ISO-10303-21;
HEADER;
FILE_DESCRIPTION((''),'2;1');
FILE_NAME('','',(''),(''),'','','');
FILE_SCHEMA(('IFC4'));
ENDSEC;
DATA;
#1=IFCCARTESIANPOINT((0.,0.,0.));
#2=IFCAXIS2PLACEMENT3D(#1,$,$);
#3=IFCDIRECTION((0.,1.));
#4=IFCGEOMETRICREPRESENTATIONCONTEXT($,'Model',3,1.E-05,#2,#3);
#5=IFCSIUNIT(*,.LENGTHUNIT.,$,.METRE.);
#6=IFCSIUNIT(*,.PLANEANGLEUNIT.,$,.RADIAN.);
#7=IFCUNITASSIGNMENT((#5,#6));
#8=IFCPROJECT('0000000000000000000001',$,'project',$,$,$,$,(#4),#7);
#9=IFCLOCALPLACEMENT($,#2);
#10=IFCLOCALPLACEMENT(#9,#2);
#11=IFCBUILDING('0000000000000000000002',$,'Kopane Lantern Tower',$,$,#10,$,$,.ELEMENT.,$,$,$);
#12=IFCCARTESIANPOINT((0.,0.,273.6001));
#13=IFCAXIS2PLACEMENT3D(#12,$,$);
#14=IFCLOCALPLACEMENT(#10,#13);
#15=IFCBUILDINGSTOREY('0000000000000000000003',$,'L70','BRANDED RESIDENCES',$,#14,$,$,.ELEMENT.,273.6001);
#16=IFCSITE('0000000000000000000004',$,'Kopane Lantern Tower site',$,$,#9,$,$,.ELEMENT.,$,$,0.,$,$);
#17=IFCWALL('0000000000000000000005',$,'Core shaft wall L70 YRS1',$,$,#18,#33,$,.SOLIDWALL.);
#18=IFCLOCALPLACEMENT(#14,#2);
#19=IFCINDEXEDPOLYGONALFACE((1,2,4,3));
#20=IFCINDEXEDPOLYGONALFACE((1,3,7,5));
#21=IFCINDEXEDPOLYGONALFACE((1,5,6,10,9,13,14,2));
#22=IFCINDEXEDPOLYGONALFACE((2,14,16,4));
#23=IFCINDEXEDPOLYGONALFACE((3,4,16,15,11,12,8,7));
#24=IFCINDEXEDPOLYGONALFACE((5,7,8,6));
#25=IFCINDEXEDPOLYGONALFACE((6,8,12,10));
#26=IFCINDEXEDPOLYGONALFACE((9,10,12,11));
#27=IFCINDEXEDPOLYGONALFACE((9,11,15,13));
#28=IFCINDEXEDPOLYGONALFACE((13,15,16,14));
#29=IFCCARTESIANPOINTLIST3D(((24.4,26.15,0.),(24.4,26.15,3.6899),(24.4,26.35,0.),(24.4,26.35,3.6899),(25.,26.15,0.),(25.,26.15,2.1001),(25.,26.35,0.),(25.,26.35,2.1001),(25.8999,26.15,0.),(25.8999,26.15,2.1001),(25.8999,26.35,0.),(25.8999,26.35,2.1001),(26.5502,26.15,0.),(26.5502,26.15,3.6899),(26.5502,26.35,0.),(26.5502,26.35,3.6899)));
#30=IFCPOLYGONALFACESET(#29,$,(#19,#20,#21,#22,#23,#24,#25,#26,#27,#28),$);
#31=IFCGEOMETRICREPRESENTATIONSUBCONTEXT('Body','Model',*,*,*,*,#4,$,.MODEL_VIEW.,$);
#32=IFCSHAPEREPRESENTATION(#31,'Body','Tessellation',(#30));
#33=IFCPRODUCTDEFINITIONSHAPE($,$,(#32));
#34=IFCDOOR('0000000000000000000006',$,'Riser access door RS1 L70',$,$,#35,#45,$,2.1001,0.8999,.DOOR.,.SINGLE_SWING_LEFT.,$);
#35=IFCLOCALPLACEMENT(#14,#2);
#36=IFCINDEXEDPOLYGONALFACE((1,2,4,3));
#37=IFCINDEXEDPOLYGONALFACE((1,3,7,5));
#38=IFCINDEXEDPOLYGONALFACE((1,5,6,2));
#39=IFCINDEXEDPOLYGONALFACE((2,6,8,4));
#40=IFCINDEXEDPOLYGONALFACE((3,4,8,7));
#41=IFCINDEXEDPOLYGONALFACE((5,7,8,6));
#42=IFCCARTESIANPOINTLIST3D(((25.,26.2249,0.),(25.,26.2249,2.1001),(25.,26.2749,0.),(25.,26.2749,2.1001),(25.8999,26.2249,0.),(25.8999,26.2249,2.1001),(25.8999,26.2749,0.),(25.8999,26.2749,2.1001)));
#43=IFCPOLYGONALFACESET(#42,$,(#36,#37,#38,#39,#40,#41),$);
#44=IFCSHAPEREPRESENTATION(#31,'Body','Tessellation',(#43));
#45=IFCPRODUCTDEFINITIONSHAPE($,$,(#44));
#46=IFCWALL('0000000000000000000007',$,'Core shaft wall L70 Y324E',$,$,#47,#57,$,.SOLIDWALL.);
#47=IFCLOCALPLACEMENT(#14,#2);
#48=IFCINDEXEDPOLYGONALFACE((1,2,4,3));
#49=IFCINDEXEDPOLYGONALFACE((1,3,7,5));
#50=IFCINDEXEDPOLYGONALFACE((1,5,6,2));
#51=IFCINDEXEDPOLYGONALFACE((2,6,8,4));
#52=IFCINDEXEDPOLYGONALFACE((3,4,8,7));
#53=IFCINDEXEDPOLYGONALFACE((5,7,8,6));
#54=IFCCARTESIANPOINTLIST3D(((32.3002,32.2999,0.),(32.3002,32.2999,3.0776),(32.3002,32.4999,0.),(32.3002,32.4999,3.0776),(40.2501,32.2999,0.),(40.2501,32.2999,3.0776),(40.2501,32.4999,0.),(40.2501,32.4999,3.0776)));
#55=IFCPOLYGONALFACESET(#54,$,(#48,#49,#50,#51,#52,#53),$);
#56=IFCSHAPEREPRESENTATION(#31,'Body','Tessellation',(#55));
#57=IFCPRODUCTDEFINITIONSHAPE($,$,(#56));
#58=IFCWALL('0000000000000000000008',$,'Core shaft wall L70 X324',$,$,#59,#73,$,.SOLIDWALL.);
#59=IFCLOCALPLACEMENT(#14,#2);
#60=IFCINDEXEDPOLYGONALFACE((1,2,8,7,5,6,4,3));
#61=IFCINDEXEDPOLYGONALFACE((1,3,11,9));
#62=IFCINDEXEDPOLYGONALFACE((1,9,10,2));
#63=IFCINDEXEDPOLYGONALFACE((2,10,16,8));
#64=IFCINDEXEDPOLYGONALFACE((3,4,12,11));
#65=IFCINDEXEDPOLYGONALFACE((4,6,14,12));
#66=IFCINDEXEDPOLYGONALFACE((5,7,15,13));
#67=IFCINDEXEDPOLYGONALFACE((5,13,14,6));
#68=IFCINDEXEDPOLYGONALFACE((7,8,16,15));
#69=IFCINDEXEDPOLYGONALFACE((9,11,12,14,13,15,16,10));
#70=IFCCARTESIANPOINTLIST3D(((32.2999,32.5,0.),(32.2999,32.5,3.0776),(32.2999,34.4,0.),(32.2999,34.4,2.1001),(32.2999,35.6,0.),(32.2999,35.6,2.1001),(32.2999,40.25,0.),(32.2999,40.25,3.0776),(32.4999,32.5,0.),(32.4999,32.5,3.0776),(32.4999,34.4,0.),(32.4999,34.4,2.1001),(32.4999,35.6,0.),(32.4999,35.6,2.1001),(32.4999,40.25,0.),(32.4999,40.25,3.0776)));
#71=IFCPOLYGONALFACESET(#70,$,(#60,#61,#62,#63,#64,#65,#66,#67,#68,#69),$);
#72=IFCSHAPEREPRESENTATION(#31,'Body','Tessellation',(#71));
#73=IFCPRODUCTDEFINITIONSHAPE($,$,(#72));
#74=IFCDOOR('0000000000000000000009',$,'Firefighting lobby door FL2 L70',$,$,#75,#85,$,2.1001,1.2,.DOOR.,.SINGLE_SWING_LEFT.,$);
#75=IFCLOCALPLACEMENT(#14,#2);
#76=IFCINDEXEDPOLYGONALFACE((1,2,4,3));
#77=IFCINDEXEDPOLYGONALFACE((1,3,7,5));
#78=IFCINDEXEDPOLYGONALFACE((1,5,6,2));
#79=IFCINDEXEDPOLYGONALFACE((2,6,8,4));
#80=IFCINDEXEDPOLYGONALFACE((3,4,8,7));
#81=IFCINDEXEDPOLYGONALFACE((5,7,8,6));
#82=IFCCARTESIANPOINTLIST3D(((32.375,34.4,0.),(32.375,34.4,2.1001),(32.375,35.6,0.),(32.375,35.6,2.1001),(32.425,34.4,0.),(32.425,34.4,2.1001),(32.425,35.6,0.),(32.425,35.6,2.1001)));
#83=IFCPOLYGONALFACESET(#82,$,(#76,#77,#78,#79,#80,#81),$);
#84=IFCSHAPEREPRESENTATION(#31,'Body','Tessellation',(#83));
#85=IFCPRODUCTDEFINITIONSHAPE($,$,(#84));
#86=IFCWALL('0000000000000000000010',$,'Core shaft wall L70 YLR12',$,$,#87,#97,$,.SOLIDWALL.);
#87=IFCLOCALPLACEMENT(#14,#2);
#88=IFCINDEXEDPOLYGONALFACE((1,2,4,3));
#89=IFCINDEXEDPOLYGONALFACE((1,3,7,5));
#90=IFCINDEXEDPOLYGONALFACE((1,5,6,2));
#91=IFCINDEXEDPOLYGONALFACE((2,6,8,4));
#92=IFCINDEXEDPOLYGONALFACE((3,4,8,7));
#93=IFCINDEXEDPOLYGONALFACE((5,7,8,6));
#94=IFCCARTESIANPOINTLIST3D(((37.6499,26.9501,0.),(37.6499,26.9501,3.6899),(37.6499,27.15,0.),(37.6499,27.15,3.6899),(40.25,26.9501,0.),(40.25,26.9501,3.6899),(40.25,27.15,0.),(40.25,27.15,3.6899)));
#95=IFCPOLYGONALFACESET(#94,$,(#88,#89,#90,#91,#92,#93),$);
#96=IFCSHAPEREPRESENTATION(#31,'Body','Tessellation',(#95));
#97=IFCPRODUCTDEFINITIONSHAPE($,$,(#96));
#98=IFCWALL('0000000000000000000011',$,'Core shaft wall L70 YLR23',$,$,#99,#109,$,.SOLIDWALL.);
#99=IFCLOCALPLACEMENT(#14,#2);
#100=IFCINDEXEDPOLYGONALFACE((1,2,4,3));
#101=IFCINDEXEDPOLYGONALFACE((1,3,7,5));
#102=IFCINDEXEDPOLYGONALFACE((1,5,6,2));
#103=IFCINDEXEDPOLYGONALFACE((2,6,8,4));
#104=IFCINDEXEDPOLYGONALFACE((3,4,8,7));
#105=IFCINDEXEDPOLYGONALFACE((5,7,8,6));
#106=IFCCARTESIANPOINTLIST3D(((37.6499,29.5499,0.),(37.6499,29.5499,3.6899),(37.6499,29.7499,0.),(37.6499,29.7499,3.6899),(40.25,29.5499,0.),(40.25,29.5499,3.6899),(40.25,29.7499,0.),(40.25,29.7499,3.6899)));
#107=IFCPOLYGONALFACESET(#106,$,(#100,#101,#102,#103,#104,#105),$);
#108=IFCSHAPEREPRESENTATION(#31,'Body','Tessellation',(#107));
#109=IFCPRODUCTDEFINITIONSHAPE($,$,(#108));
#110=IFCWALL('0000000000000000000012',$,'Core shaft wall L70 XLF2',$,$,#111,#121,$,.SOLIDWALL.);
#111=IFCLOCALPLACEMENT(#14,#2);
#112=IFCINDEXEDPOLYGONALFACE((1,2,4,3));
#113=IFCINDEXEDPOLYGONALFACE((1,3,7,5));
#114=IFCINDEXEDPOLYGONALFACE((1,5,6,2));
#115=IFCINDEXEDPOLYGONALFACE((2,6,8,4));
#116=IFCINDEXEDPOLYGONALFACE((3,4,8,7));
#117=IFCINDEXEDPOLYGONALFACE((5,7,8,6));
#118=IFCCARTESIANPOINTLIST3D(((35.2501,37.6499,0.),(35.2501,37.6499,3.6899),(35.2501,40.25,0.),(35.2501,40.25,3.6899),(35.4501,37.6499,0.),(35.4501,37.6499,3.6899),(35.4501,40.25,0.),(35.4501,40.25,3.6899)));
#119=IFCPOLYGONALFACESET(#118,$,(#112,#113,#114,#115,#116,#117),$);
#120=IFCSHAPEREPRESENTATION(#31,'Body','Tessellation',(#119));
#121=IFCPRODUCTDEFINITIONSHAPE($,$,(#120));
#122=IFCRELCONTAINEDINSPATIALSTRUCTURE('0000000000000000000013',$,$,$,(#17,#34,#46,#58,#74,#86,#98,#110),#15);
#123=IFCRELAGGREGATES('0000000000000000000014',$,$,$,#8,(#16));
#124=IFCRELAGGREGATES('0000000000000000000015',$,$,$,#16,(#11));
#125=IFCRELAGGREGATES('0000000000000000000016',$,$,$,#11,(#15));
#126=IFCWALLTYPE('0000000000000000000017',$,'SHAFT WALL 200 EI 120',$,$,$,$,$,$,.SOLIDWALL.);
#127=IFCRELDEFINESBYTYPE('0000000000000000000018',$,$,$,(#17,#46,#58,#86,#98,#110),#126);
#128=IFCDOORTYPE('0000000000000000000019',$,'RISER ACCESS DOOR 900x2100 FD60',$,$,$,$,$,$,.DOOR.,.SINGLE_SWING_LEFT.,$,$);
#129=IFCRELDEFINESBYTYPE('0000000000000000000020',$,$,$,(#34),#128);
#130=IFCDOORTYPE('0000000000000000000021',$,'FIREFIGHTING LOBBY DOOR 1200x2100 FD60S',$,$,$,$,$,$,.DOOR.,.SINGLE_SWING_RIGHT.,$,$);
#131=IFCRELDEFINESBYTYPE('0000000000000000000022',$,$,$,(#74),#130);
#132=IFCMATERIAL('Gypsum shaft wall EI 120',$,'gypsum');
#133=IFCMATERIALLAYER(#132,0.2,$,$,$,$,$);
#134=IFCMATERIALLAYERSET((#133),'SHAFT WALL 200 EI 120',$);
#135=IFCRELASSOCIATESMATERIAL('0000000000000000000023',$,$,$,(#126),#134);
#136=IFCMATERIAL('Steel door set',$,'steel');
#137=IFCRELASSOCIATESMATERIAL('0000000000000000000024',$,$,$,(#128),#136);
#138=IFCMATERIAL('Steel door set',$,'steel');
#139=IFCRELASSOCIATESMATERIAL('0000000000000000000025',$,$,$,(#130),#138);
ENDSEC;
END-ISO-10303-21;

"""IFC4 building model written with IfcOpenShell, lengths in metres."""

from ifc_helpers import new_model, si_unit, direction, frame, frame_2d, origin, place, context, subcontext, project, spatial, rectangle, extrude, material, layer, layer_set, type_object, element, fill, save


model = new_model("IFC4")

# Units and contexts
model_context = context("Model", 3, precision=1e-05, world=origin(), true_north=direction((0.0, 1.0)))
body_context = subcontext(model_context, "Body", "Model", "MODEL_VIEW")
ifc_project = project(units=[si_unit("LENGTHUNIT", "METRE"), si_unit("PLANEANGLEUNIT", "RADIAN")], contexts=[model_context])

# Site, building, storey
site_placement = place(None, origin())
site = spatial("IfcSite", under=ifc_project, at=site_placement, Name="Kopane Lantern Tower site", CompositionType="ELEMENT", RefElevation=0.0)
building_placement = place(site_placement, origin())
building = spatial("IfcBuilding", under=site, at=building_placement, Name="Kopane Lantern Tower", CompositionType="ELEMENT")
storey_placement = place(building_placement, frame((0.0, 0.0, 273.6001)))
storey = spatial("IfcBuildingStorey", under=building, at=storey_placement, Name="L70", Description="BRANDED RESIDENCES", CompositionType="ELEMENT", Elevation=273.6001)

# Shared definitions
ifc_material_1 = material(Name="Gypsum shaft wall EI 120", Category="gypsum")
ifc_layer_1 = layer(ifc_material_1, 0.2)
ifc_layer_set_1 = layer_set([ifc_layer_1], Name="SHAFT WALL 200 EI 120")
wall_type_1 = type_object("IfcWallType", Name="SHAFT WALL 200 EI 120", PredefinedType="SOLIDWALL", material=ifc_layer_set_1)

# Wall, opening, door
wall_1_placement = place(storey_placement, frame((24.3999, 26.25, 0.0), z_axis=(0.0, 0.0, 1.0), x_axis=(1.0, 0.0, 0.0)))
wall_1 = element("IfcWall", 1, at=wall_1_placement, inside=storey, type_object=wall_type_1, Name="Core shaft wall L70 YRS1", PredefinedType="SOLIDWALL", context=body_context, shape_type="SweptSolid", body=[
    extrude(rectangle(XDim=2.1501, YDim=0.2, at=frame_2d((1.0752, 0.0))), origin(), (0.0, 0.0, 1.0), 3.6899),
])
opening_1_placement = place(wall_1_placement, frame((0.6001, 0.0, 0.0)))
opening_1 = element("IfcOpeningElement", 2, at=opening_1_placement, cuts=wall_1, PredefinedType="OPENING", context=body_context, shape_type="SweptSolid", body=[
    extrude(rectangle(XDim=0.8999, YDim=2.1001, at=frame_2d((0.45, 1.05))), frame((0.0, 0.1099, 0.0), z_axis=(0.0, -1.0, 0.0), x_axis=(1.0, 0.0, 0.0)), (0.0, 0.0, 1.0), 0.22),
])
ifc_material_2 = material(Name="Steel door set", Category="steel")
door_type_1 = type_object("IfcDoorType", Name="RISER ACCESS DOOR 900x2100 FD60", OperationType="SINGLE_SWING_LEFT", PredefinedType="DOOR", material=ifc_material_2)
door_1_placement = place(opening_1_placement, origin())
door_1 = element("IfcDoor", 3, at=door_1_placement, inside=storey, type_object=door_type_1, Name="Riser access door RS1 L70", OperationType="SINGLE_SWING_LEFT", OverallHeight=2.1001, OverallWidth=0.8999, PredefinedType="DOOR", context=body_context, shape_type="SweptSolid", body=[
    extrude(rectangle(XDim=0.8999, YDim=2.1001, at=frame_2d((0.45, 1.05))), frame((0.0, 0.0249, 0.0), z_axis=(0.0, -1.0, 0.0), x_axis=(1.0, 0.0, 0.0)), (0.0, 0.0, 1.0), 0.05),
])
fill(opening_1, door_1)

# Wall
wall_2_placement = place(storey_placement, frame((32.3, 32.3999, 0.0), z_axis=(0.0, 0.0, 1.0), x_axis=(1.0, 0.0, 0.0)))
element("IfcWall", 4, at=wall_2_placement, inside=storey, type_object=wall_type_1, Name="Core shaft wall L70 Y324E", PredefinedType="SOLIDWALL", context=body_context, shape_type="SweptSolid", body=[
    extrude(rectangle(XDim=7.95, YDim=0.2, at=frame_2d((3.9751, 0.0))), origin(), (0.0, 0.0, 1.0), 3.0776),
])

# Wall, opening, door
wall_3_placement = place(storey_placement, frame((32.3999, 32.5, 0.0), z_axis=(0.0, 0.0, 1.0), x_axis=(0.0, 1.0, 0.0)))
wall_3 = element("IfcWall", 5, at=wall_3_placement, inside=storey, type_object=wall_type_1, Name="Core shaft wall L70 X324", PredefinedType="SOLIDWALL", context=body_context, shape_type="SweptSolid", body=[
    extrude(rectangle(XDim=7.75, YDim=0.2, at=frame_2d((3.875, 0.0))), origin(), (0.0, 0.0, 1.0), 3.0776),
])
opening_2_placement = place(wall_3_placement, frame((1.8999, 0.0, 0.0)))
opening_2 = element("IfcOpeningElement", 6, at=opening_2_placement, cuts=wall_3, PredefinedType="OPENING", context=body_context, shape_type="SweptSolid", body=[
    extrude(rectangle(XDim=1.2, YDim=2.1001, at=frame_2d((0.6001, 1.05))), frame((0.0, 0.1099, 0.0), z_axis=(0.0, -1.0, 0.0), x_axis=(1.0, 0.0, 0.0)), (0.0, 0.0, 1.0), 0.22),
])
ifc_material_3 = material(Name="Steel door set", Category="steel")
door_type_2 = type_object("IfcDoorType", Name="FIREFIGHTING LOBBY DOOR 1200x2100 FD60S", OperationType="SINGLE_SWING_RIGHT", PredefinedType="DOOR", material=ifc_material_3)
door_2_placement = place(opening_2_placement, origin())
door_2 = element("IfcDoor", 7, at=door_2_placement, inside=storey, type_object=door_type_2, Name="Firefighting lobby door FL2 L70", OperationType="SINGLE_SWING_LEFT", OverallHeight=2.1001, OverallWidth=1.2, PredefinedType="DOOR", context=body_context, shape_type="SweptSolid", body=[
    extrude(rectangle(XDim=1.2, YDim=2.1001, at=frame_2d((0.6001, 1.05))), frame((0.0, 0.0249, 0.0), z_axis=(0.0, -1.0, 0.0), x_axis=(1.0, 0.0, 0.0)), (0.0, 0.0, 1.0), 0.05),
])
fill(opening_2, door_2)

# Walls
for number, where, z_axis, x_axis, name in (
    (8, (37.6499, 27.05, 0.0), (0.0, 0.0, 1.0), (1.0, 0.0, 0.0), "Core shaft wall L70 YLR12"),
    (9, (37.6499, 29.6499, 0.0), (0.0, 0.0, 1.0), (1.0, 0.0, 0.0), "Core shaft wall L70 YLR23"),
    (10, (35.3501, 37.6499, 0.0), (0.0, 0.0, 1.0), (0.0, 1.0, 0.0), "Core shaft wall L70 XLF2"),
):
    element("IfcWall", number, at=place(storey_placement, frame(where, z_axis=z_axis, x_axis=x_axis)), inside=storey, type_object=wall_type_1, Name=name, PredefinedType="SOLIDWALL", context=body_context, shape_type="SweptSolid", body=[
        extrude(rectangle(XDim=2.6001, YDim=0.2, at=frame_2d((1.3, 0.0))), origin(), (0.0, 0.0, 1.0), 3.6899),
    ])

save(model, "model.ifc")
